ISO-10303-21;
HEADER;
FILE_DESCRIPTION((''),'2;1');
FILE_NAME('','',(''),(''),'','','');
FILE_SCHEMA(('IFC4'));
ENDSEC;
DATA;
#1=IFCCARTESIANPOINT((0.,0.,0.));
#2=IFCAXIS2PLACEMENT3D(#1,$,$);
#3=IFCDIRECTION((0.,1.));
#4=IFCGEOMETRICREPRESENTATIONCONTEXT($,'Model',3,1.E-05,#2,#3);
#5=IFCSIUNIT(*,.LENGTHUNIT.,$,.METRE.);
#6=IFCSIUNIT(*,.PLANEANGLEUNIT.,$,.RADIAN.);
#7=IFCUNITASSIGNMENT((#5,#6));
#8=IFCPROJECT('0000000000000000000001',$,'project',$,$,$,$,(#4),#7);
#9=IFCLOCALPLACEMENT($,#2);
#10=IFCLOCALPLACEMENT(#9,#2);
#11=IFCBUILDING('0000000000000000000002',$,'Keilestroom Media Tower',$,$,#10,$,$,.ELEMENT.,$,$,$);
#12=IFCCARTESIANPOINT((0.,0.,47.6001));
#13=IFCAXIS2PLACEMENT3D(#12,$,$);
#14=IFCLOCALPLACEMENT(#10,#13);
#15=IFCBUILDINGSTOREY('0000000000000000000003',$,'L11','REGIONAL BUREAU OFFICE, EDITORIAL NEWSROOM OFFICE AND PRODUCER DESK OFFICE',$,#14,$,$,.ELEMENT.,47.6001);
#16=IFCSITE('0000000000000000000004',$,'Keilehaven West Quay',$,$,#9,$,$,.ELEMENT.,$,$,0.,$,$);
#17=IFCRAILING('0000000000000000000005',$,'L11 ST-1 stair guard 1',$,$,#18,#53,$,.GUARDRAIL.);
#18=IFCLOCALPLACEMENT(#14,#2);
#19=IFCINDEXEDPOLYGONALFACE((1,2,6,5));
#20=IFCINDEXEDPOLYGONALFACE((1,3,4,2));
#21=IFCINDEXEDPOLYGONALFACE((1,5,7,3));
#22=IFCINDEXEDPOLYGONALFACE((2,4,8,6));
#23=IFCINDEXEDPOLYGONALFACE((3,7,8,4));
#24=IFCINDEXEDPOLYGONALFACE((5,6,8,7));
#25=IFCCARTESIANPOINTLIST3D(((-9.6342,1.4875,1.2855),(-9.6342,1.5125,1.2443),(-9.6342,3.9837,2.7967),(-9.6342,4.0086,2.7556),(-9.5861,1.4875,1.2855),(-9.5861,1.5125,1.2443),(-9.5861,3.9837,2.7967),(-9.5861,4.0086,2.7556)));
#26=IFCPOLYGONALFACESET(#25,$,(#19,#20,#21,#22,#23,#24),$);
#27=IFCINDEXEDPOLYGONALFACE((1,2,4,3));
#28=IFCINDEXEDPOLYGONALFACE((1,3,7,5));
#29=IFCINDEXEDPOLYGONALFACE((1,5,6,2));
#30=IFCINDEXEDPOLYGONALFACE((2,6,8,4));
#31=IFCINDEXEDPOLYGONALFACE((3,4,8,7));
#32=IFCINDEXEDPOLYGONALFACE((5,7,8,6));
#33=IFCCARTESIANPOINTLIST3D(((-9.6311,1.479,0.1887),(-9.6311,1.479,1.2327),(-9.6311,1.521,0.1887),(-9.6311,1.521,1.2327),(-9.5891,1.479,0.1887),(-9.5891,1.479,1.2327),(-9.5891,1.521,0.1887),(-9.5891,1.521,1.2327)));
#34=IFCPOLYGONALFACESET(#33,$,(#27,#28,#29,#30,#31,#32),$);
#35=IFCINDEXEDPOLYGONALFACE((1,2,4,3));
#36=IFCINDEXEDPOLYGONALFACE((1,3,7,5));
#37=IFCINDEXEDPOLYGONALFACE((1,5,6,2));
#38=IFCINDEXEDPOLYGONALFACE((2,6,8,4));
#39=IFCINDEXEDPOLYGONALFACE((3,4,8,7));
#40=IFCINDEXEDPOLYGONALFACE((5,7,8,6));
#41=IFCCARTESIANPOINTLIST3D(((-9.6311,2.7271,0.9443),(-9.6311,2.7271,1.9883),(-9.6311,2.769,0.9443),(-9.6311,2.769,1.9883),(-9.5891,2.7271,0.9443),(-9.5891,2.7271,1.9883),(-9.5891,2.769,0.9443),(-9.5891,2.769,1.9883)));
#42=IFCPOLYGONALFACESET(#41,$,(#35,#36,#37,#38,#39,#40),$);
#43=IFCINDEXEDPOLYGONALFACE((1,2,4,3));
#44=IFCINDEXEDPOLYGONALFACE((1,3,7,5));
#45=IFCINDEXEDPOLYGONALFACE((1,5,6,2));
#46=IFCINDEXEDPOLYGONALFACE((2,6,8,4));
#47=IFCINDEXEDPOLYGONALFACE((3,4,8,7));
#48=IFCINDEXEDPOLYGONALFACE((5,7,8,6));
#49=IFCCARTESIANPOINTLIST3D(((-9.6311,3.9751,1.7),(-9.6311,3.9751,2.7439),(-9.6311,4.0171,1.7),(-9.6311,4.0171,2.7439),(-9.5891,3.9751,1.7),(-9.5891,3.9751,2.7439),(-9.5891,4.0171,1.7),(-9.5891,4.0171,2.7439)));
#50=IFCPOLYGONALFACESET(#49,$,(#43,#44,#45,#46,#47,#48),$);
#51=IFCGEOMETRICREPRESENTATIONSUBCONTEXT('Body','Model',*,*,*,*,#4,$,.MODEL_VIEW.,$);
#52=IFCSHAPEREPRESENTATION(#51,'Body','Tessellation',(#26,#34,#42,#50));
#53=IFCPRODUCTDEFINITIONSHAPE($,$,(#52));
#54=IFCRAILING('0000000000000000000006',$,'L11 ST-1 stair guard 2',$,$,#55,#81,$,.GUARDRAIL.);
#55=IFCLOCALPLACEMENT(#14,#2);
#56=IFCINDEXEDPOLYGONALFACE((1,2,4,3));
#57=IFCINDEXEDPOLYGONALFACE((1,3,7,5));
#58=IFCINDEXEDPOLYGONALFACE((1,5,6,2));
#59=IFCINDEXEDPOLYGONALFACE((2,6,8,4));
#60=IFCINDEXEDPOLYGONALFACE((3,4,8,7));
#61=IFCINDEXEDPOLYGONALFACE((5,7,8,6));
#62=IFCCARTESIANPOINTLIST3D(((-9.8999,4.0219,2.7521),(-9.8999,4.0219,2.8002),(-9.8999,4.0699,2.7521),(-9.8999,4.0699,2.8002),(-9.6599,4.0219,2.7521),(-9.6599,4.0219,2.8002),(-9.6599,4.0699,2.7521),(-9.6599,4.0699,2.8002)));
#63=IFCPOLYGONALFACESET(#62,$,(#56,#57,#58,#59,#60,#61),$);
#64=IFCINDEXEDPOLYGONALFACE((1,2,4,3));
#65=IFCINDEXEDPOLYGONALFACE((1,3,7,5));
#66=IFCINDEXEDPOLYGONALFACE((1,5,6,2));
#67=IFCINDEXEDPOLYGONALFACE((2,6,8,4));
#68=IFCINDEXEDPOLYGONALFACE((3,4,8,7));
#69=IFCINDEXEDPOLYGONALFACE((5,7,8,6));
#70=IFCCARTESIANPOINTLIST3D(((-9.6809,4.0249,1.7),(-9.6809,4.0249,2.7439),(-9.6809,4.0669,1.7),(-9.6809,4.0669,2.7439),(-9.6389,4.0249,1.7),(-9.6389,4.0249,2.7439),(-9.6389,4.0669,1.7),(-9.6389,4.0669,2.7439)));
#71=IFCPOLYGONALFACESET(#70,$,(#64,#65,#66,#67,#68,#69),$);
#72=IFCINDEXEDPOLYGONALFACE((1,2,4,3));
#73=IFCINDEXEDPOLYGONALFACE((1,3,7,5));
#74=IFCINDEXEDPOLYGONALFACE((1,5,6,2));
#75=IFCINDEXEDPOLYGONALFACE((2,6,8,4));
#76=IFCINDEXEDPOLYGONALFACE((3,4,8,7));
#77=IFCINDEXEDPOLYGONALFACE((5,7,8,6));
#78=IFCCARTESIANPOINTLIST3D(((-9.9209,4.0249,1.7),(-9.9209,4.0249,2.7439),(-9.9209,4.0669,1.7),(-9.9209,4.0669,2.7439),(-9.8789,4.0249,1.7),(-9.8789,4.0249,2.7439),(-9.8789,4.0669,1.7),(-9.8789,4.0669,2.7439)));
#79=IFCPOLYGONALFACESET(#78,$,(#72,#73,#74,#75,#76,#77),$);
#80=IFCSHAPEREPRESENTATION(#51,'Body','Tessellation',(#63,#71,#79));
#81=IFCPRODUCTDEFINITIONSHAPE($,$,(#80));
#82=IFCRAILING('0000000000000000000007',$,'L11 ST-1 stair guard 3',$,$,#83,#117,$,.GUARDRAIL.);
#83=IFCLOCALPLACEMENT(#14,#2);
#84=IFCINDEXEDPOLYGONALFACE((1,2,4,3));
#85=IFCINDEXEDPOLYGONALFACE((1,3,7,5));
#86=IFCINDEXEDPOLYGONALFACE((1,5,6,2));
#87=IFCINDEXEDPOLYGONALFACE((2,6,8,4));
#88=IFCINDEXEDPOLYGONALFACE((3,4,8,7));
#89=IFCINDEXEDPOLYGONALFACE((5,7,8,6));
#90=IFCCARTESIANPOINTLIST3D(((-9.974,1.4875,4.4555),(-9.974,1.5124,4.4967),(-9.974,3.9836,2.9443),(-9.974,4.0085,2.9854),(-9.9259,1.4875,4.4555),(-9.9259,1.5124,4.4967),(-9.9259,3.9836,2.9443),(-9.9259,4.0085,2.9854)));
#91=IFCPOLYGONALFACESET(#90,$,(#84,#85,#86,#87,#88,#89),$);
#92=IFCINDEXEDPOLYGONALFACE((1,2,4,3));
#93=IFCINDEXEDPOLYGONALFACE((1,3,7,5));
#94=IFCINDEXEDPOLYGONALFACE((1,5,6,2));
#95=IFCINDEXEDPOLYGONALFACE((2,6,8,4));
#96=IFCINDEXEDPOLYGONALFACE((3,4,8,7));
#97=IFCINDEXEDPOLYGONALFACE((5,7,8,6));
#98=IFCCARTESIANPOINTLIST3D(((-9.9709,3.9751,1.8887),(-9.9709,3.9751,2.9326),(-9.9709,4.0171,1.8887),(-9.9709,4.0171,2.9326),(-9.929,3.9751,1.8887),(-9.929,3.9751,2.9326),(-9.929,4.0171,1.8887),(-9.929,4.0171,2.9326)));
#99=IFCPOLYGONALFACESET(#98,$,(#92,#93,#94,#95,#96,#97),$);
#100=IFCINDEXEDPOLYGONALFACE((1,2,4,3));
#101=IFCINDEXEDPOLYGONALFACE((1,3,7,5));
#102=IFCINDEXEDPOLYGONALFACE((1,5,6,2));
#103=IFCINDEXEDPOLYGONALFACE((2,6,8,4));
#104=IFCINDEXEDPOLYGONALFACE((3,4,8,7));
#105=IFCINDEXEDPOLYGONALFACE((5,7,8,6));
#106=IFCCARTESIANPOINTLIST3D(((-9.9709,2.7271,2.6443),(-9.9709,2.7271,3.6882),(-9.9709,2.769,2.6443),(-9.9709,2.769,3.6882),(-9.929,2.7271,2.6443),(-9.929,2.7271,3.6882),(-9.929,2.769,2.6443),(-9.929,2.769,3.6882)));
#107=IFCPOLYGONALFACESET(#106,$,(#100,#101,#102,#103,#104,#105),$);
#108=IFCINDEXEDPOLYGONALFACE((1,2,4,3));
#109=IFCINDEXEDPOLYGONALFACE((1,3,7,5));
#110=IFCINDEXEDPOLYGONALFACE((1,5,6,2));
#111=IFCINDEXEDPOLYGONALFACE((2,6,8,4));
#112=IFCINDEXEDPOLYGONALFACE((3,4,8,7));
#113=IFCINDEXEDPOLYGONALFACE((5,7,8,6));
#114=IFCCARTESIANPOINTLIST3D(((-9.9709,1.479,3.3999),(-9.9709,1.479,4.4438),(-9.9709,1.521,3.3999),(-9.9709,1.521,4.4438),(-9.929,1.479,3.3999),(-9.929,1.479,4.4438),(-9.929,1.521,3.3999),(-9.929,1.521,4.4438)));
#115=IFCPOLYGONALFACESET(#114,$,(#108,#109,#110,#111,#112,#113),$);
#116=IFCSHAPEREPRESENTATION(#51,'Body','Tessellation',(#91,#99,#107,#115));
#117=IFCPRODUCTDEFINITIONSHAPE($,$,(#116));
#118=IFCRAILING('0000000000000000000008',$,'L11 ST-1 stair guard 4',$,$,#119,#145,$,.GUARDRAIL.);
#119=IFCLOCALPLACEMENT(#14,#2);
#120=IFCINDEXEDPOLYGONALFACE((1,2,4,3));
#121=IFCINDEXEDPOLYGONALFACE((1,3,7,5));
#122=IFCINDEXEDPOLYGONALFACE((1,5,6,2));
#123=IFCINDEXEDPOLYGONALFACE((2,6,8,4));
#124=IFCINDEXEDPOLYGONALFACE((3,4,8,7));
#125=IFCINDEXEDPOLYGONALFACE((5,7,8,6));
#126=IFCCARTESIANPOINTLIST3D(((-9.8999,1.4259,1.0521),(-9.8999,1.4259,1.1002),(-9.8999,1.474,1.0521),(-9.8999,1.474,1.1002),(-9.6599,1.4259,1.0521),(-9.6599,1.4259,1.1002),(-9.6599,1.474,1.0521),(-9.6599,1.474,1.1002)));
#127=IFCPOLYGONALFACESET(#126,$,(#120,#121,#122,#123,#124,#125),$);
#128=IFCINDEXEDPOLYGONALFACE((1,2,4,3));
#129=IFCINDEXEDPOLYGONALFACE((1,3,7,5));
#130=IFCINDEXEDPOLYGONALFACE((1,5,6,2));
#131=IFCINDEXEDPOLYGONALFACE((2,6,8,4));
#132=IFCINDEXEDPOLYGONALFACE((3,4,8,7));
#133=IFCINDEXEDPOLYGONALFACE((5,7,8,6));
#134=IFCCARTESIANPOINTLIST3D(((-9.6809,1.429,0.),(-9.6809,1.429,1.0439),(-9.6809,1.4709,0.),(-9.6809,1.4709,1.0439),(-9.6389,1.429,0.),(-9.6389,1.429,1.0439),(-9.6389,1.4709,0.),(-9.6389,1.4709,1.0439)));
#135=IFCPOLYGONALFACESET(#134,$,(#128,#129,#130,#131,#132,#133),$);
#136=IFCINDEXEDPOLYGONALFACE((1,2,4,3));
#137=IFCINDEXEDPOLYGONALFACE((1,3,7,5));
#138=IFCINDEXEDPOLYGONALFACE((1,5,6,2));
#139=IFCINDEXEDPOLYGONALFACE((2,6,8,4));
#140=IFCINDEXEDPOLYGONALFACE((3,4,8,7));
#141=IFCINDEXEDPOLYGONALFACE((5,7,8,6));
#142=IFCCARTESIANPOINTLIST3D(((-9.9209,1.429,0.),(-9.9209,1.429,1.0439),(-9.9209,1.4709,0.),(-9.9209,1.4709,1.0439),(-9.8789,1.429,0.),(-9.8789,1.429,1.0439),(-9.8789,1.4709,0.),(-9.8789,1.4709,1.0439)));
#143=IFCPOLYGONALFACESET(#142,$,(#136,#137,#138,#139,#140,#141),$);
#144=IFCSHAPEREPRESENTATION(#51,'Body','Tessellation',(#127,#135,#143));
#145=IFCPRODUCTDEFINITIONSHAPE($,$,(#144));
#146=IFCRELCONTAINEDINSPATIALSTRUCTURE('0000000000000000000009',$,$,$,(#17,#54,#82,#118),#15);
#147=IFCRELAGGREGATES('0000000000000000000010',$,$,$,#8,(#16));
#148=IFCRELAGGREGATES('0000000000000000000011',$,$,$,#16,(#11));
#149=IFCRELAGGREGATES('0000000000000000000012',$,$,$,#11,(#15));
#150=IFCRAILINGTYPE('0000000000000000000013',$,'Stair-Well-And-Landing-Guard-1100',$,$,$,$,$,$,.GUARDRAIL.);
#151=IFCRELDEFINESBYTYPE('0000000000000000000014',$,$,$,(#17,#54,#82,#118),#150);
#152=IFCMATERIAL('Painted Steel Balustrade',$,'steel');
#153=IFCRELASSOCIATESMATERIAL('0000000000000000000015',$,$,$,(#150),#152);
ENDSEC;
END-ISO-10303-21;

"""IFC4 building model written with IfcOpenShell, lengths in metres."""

from ifc_helpers import new_model, si_unit, direction, frame, origin, origin_2d, place, context, subcontext, project, spatial, rectangle, extrude, material, type_object, element, save


model = new_model("IFC4")

# Units and contexts
model_context = context("Model", 3, precision=1e-05, world=origin(), true_north=direction((0.0, 1.0)))
body_context = subcontext(model_context, "Body", "Model", "MODEL_VIEW")
ifc_project = project(units=[si_unit("LENGTHUNIT", "METRE"), si_unit("PLANEANGLEUNIT", "RADIAN")], contexts=[model_context])

# Site, building, storey
site_placement = place(None, origin())
site = spatial("IfcSite", under=ifc_project, at=site_placement, Name="Keilehaven West Quay", CompositionType="ELEMENT", RefElevation=0.0)
building_placement = place(site_placement, origin())
building = spatial("IfcBuilding", under=site, at=building_placement, Name="Keilestroom Media Tower", CompositionType="ELEMENT")
storey_placement = place(building_placement, frame((0.0, 0.0, 47.6001)))
storey = spatial("IfcBuildingStorey", under=building, at=storey_placement, Name="L11", Description="REGIONAL BUREAU OFFICE, EDITORIAL NEWSROOM OFFICE AND PRODUCER DESK OFFICE", CompositionType="ELEMENT", Elevation=47.6001)

# Railings
ifc_material_1 = material(Name="Painted Steel Balustrade", Category="steel")
railing_type_1 = type_object("IfcRailingType", Name="Stair-Well-And-Landing-Guard-1100", PredefinedType="GUARDRAIL", material=ifc_material_1)
railing_1_placement = place(storey_placement, frame((-9.6101, 1.5, 0.1887)))
element("IfcRailing", 1, at=railing_1_placement, inside=storey, type_object=railing_type_1, Name="L11 ST-1 stair guard 1", PredefinedType="GUARDRAIL", context=body_context, shape_type="SweptSolid", body=[
    extrude(rectangle(XDim=0.0481, YDim=0.0481, at=origin_2d()), frame((0.0, 0.0, 1.0762), z_axis=(0.0, 0.855434, 0.517912), x_axis=(-1.0, 0.0, 0.0)), (0.0, 0.0, 1.0), 2.918),
    extrude(rectangle(XDim=0.042, YDim=0.042, at=origin_2d()), origin(), (0.0, 0.0, 1.0), 1.0439),
    extrude(rectangle(XDim=0.042, YDim=0.042, at=origin_2d()), frame((0.0, 1.248, 0.7556)), (0.0, 0.0, 1.0), 1.0439),
    extrude(rectangle(XDim=0.042, YDim=0.042, at=origin_2d()), frame((0.0, 2.4961, 1.5112)), (0.0, 0.0, 1.0), 1.0439),
])
railing_2_placement = place(storey_placement, frame((-9.6599, 4.0459, 1.7)))
element("IfcRailing", 2, at=railing_2_placement, inside=storey, type_object=railing_type_1, Name="L11 ST-1 stair guard 2", PredefinedType="GUARDRAIL", context=body_context, shape_type="SweptSolid", body=[
    extrude(rectangle(XDim=0.0481, YDim=0.0481, at=origin_2d()), frame((0.0, 0.0, 1.0762), z_axis=(-1.0, 0.0, 0.0), x_axis=(0.0, -1.0, 0.0)), (0.0, 0.0, 1.0), 0.24),
    extrude(rectangle(XDim=0.042, YDim=0.042, at=origin_2d()), origin(), (0.0, 0.0, 1.0), 1.0439),
    extrude(rectangle(XDim=0.042, YDim=0.042, at=origin_2d()), frame((-0.24, 0.0, 0.0)), (0.0, 0.0, 1.0), 1.0439),
])
railing_3_placement = place(storey_placement, frame((-9.95, 3.9961, 1.8887)))
element("IfcRailing", 3, at=railing_3_placement, inside=storey, type_object=railing_type_1, Name="L11 ST-1 stair guard 3", PredefinedType="GUARDRAIL", context=body_context, shape_type="SweptSolid", body=[
    extrude(rectangle(XDim=0.0481, YDim=0.0481, at=origin_2d()), frame((0.0, 0.0, 1.0762), z_axis=(0.0, -0.855434, 0.517912), x_axis=(1.0, 0.0, 0.0)), (0.0, 0.0, 1.0), 2.918),
    extrude(rectangle(XDim=0.042, YDim=0.042, at=origin_2d()), origin(), (0.0, 0.0, 1.0), 1.0439),
    extrude(rectangle(XDim=0.042, YDim=0.042, at=origin_2d()), frame((0.0, -1.248, 0.7556)), (0.0, 0.0, 1.0), 1.0439),
    extrude(rectangle(XDim=0.042, YDim=0.042, at=origin_2d()), frame((0.0, -2.4961, 1.5112)), (0.0, 0.0, 1.0), 1.0439),
])
railing_4_placement = place(storey_placement, frame((-9.6599, 1.45, 0.0)))
element("IfcRailing", 4, at=railing_4_placement, inside=storey, type_object=railing_type_1, Name="L11 ST-1 stair guard 4", PredefinedType="GUARDRAIL", context=body_context, shape_type="SweptSolid", body=[
    extrude(rectangle(XDim=0.0481, YDim=0.0481, at=origin_2d()), frame((0.0, 0.0, 1.0762), z_axis=(-1.0, 0.0, 0.0), x_axis=(0.0, -1.0, 0.0)), (0.0, 0.0, 1.0), 0.24),
    extrude(rectangle(XDim=0.042, YDim=0.042, at=origin_2d()), origin(), (0.0, 0.0, 1.0), 1.0439),
    extrude(rectangle(XDim=0.042, YDim=0.042, at=origin_2d()), frame((-0.24, 0.0, 0.0)), (0.0, 0.0, 1.0), 1.0439),
])

save(model, "model.ifc")
